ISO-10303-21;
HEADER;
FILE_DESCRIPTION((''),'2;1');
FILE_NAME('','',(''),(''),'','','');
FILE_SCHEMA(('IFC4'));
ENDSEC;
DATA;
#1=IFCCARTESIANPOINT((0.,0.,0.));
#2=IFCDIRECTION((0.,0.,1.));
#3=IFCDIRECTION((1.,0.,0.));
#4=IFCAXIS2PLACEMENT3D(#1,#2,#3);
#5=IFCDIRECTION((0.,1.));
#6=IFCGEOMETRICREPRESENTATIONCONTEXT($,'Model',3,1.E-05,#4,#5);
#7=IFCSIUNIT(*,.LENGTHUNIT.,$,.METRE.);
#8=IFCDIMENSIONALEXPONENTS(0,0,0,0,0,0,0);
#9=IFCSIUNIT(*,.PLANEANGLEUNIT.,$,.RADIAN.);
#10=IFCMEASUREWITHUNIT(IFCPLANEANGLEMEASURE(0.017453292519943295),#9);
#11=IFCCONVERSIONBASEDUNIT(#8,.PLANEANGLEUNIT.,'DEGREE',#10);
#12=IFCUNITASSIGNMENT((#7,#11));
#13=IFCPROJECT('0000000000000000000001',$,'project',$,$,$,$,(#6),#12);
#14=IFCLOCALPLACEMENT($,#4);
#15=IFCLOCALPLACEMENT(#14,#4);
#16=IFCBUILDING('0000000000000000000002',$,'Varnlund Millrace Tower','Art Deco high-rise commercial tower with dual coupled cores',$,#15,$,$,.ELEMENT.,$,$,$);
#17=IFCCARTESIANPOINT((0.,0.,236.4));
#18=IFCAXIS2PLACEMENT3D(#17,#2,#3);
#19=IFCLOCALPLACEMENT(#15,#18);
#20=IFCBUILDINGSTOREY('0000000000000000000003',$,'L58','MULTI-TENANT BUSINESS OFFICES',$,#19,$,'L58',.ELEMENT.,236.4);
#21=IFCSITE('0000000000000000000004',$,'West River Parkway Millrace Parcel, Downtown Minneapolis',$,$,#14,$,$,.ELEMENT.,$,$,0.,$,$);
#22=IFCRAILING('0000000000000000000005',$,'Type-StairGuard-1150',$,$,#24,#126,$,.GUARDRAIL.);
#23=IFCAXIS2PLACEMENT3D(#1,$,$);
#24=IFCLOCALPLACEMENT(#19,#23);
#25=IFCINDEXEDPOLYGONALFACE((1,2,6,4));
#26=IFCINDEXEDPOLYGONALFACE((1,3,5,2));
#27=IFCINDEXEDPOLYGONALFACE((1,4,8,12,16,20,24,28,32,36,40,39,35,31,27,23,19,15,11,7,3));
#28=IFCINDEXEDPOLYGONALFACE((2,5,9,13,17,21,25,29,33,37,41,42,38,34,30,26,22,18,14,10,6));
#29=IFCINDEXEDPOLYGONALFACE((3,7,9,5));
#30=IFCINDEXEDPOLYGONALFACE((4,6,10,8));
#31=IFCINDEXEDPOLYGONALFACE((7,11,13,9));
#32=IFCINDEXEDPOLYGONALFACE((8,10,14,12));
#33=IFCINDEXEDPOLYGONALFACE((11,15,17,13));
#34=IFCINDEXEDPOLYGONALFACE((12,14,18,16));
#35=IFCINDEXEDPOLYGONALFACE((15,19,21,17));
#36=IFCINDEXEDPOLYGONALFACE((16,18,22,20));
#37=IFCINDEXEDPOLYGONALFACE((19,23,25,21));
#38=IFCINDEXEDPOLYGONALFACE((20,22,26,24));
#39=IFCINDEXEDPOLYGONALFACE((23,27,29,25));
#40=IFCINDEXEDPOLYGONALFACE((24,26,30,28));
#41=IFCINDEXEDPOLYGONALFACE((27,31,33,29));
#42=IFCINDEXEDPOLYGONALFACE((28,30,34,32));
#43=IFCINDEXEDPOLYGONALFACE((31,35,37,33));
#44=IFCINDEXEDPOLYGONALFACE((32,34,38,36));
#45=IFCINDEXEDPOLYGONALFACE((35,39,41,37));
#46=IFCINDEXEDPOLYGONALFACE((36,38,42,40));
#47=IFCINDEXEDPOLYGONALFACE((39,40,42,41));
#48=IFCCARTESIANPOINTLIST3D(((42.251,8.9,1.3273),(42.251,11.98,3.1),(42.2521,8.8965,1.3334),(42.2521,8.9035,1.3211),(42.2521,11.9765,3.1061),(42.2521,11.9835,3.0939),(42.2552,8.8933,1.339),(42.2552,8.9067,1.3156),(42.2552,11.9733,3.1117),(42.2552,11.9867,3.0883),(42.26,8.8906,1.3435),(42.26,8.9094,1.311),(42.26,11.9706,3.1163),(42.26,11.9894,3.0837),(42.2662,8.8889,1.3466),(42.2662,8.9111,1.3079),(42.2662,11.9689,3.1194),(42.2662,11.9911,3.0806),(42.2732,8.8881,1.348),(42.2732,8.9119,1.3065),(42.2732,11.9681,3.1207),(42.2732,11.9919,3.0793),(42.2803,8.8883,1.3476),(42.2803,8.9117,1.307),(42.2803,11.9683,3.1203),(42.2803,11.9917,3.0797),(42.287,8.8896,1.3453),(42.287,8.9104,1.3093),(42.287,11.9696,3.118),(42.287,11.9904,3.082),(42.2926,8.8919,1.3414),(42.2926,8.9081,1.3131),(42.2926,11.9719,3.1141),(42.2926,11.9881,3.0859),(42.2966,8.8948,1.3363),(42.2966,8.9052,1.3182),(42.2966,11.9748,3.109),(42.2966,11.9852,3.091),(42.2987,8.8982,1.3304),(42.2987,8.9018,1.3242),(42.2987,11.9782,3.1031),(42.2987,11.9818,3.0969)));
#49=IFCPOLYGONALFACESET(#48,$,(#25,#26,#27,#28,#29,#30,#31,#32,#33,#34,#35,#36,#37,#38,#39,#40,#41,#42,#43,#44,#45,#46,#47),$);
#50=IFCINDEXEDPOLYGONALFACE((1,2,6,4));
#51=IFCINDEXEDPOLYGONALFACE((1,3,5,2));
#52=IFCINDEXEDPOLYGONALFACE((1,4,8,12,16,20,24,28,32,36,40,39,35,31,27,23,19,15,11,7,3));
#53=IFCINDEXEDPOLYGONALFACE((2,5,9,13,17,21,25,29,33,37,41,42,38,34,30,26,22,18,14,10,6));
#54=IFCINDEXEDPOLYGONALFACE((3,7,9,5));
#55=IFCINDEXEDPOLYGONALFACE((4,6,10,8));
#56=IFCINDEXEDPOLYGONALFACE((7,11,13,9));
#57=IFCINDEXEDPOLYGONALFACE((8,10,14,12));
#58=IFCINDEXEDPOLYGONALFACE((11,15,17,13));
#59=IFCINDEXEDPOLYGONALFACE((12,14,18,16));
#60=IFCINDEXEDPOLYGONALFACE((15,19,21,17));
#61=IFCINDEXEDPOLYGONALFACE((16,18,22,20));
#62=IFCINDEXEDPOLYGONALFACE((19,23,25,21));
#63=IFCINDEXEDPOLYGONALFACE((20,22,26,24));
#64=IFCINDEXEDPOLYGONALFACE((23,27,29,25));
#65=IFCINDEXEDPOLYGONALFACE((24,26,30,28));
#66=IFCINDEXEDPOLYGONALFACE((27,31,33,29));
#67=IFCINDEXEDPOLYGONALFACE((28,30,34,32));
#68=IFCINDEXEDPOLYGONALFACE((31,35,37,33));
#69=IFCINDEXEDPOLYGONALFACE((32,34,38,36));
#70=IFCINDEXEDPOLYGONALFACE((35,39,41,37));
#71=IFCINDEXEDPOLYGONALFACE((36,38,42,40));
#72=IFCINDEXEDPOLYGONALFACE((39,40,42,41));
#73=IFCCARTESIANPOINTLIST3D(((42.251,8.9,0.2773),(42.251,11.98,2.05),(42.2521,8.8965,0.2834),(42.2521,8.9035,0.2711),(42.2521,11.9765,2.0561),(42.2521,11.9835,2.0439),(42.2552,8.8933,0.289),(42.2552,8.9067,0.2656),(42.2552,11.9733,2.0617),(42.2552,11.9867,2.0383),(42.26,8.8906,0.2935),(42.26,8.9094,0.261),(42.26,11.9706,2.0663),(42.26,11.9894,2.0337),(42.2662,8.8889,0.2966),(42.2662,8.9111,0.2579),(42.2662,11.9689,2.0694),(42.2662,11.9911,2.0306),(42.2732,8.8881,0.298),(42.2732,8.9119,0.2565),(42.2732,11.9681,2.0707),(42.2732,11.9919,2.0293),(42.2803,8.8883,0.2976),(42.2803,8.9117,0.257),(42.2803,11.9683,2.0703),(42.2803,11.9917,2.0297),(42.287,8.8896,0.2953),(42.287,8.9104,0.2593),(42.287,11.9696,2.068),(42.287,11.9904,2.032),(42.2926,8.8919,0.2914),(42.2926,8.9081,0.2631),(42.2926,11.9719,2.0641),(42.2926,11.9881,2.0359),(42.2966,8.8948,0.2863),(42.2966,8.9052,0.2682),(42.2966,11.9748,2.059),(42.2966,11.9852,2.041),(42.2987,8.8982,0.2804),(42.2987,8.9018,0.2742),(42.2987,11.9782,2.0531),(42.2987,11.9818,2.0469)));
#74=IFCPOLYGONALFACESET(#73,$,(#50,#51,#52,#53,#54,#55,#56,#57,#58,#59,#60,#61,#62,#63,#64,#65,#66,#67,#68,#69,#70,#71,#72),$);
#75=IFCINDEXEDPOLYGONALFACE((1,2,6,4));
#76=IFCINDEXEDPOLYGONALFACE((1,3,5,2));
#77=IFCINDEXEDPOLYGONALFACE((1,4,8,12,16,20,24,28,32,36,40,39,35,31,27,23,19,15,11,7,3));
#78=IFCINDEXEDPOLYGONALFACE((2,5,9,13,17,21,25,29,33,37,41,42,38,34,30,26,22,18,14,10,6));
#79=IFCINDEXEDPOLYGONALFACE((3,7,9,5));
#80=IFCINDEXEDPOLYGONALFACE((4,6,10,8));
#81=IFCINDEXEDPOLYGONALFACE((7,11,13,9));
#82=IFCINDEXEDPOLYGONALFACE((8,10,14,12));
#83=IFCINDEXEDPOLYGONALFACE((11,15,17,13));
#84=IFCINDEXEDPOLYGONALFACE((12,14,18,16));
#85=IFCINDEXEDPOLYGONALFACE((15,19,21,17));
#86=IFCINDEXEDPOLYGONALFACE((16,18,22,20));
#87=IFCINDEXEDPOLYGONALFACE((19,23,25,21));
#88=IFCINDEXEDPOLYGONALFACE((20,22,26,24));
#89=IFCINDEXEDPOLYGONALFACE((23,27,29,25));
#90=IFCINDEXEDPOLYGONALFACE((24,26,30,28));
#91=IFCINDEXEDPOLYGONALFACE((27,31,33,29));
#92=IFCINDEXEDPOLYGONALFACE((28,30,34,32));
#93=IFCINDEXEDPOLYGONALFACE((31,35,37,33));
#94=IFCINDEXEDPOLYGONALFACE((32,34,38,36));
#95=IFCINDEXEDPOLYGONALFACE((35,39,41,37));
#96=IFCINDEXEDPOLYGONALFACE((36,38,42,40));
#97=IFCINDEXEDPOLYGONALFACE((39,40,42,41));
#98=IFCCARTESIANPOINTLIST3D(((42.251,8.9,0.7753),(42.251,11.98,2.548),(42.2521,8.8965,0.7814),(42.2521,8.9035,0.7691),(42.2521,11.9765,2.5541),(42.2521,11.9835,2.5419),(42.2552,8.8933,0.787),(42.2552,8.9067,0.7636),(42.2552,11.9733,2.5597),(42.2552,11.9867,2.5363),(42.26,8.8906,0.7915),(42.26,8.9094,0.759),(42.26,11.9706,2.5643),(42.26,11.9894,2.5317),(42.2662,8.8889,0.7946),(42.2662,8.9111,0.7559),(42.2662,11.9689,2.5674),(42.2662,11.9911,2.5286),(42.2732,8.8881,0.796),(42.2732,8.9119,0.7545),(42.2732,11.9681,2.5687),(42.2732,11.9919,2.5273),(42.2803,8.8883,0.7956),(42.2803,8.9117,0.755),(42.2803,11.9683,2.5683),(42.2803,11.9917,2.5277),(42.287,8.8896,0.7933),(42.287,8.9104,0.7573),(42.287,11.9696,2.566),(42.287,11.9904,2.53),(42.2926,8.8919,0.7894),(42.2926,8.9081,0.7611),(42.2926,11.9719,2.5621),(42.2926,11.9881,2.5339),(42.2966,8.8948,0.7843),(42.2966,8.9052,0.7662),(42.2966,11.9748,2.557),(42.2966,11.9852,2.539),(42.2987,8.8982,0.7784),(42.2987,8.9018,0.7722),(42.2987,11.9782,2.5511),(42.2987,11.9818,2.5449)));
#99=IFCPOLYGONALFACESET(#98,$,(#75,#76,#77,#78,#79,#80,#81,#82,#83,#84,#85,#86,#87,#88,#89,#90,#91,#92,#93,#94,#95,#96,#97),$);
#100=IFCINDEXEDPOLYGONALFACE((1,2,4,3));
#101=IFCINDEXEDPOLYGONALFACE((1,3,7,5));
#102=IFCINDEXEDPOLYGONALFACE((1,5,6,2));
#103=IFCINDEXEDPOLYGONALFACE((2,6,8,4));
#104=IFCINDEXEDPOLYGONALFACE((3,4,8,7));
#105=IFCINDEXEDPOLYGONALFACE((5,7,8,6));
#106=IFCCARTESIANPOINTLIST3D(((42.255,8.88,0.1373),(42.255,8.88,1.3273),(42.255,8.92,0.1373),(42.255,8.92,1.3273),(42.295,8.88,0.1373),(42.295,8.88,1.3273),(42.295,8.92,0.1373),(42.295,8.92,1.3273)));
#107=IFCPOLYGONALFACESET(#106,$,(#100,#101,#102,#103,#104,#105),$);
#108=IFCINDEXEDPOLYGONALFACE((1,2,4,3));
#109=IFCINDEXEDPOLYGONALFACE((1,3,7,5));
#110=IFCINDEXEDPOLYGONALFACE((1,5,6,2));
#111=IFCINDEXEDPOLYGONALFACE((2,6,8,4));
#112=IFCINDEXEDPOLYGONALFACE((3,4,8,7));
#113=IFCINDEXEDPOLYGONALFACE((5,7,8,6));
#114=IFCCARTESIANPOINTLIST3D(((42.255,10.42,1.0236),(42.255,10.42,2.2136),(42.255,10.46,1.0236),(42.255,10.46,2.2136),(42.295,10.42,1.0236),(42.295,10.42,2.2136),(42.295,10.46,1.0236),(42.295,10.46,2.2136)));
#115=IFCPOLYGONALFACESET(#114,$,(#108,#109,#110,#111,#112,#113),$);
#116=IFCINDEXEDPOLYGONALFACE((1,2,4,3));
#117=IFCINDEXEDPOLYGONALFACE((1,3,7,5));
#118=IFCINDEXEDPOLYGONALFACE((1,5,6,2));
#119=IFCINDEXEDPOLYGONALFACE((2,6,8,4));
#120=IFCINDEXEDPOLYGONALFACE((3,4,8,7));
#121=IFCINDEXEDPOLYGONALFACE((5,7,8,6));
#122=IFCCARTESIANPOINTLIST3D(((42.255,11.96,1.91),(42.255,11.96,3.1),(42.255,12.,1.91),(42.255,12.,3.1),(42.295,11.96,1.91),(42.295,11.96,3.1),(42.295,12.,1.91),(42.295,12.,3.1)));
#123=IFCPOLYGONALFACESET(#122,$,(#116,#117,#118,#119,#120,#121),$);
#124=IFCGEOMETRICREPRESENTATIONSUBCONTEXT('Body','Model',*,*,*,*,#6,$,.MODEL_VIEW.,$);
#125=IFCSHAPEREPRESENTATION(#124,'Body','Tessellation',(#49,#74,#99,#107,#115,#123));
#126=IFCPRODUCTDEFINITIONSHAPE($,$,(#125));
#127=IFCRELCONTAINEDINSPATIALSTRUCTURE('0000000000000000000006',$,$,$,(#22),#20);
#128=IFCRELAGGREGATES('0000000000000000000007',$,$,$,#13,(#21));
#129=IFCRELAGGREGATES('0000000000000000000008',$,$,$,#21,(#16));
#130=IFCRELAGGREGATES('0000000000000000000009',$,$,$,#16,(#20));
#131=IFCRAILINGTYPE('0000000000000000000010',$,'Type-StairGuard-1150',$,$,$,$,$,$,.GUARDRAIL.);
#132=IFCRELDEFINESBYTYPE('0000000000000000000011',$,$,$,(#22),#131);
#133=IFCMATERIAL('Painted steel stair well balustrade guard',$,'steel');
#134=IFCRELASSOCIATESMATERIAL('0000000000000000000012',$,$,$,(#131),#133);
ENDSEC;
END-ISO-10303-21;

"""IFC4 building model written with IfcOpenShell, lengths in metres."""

from ifc_helpers import new_model, entity, si_unit, converted_unit, direction, frame, origin_with_axes, origin_2d_with_axis, place, context, subcontext, project, spatial, rectangle, circle, extrude, material, type_object, element, save


model = new_model("IFC4")

# Units and contexts
model_context = context("Model", 3, precision=1e-05, world=origin_with_axes(), true_north=direction((0.0, 1.0)))
body_context = subcontext(model_context, "Body", "Model", "MODEL_VIEW")
ifc_project = project(units=[si_unit("LENGTHUNIT", "METRE"), converted_unit("PLANEANGLEUNIT", "DEGREE", entity("IfcPlaneAngleMeasure", 0.017453292519943295), si_unit("PLANEANGLEUNIT", "RADIAN"), dimensions=[0, 0, 0, 0, 0, 0, 0])], contexts=[model_context])

# Site, building, storey
site_placement = place(None, origin_with_axes())
site = spatial("IfcSite", under=ifc_project, at=site_placement, Name="West River Parkway Millrace Parcel, Downtown Minneapolis", CompositionType="ELEMENT", RefElevation=0.0)
building_placement = place(site_placement, origin_with_axes())
building = spatial("IfcBuilding", under=site, at=building_placement, Name="Varnlund Millrace Tower", Description="Art Deco high-rise commercial tower with dual coupled cores", CompositionType="ELEMENT")
storey_placement = place(building_placement, frame((0.0, 0.0, 236.4), z_axis=(0.0, 0.0, 1.0), x_axis=(1.0, 0.0, 0.0)))
storey = spatial("IfcBuildingStorey", under=building, at=storey_placement, Name="L58", Description="MULTI-TENANT BUSINESS OFFICES", LongName="L58", CompositionType="ELEMENT", Elevation=236.4)

# Railing
ifc_material_1 = material(Name="Painted steel stair well balustrade guard", Category="steel")
railing_type_1 = type_object("IfcRailingType", Name="Type-StairGuard-1150", PredefinedType="GUARDRAIL", material=ifc_material_1)
railing_1_placement = place(storey_placement, frame((0.0, 0.0, -236.4), z_axis=(0.0, 0.0, 1.0), x_axis=(1.0, 0.0, 0.0)))
element("IfcRailing", 1, at=railing_1_placement, inside=storey, type_object=railing_type_1, Name="Type-StairGuard-1150", PredefinedType="GUARDRAIL", context=body_context, shape_type="SweptSolid", body=[
    extrude(circle(Radius=0.024, at=origin_2d_with_axis()), frame((42.275, 8.9, 237.7273), z_axis=(0.0, 0.866696, 0.498836), x_axis=(-1.0, 0.0, 0.0)), (0.0, 0.0, 1.0), 3.5537),
    extrude(circle(Radius=0.024, at=origin_2d_with_axis()), frame((42.275, 8.9, 236.6773), z_axis=(0.0, 0.866696, 0.498836), x_axis=(-1.0, 0.0, 0.0)), (0.0, 0.0, 1.0), 3.5537),
    extrude(circle(Radius=0.024, at=origin_2d_with_axis()), frame((42.275, 8.9, 237.1753), z_axis=(0.0, 0.866696, 0.498836), x_axis=(-1.0, 0.0, 0.0)), (0.0, 0.0, 1.0), 3.5537),
    extrude(rectangle(XDim=0.04, YDim=0.04, at=origin_2d_with_axis()), frame((42.275, 8.9, 236.5373), z_axis=(0.0, 0.0, 1.0), x_axis=(1.0, 0.0, 0.0)), (0.0, 0.0, 1.0), 1.19),
    extrude(rectangle(XDim=0.04, YDim=0.04, at=origin_2d_with_axis()), frame((42.275, 10.44, 237.4236), z_axis=(0.0, 0.0, 1.0), x_axis=(1.0, 0.0, 0.0)), (0.0, 0.0, 1.0), 1.19),
    extrude(rectangle(XDim=0.04, YDim=0.04, at=origin_2d_with_axis()), frame((42.275, 11.98, 238.31), z_axis=(0.0, 0.0, 1.0), x_axis=(1.0, 0.0, 0.0)), (0.0, 0.0, 1.0), 1.19),
])

save(model, "model.ifc")
